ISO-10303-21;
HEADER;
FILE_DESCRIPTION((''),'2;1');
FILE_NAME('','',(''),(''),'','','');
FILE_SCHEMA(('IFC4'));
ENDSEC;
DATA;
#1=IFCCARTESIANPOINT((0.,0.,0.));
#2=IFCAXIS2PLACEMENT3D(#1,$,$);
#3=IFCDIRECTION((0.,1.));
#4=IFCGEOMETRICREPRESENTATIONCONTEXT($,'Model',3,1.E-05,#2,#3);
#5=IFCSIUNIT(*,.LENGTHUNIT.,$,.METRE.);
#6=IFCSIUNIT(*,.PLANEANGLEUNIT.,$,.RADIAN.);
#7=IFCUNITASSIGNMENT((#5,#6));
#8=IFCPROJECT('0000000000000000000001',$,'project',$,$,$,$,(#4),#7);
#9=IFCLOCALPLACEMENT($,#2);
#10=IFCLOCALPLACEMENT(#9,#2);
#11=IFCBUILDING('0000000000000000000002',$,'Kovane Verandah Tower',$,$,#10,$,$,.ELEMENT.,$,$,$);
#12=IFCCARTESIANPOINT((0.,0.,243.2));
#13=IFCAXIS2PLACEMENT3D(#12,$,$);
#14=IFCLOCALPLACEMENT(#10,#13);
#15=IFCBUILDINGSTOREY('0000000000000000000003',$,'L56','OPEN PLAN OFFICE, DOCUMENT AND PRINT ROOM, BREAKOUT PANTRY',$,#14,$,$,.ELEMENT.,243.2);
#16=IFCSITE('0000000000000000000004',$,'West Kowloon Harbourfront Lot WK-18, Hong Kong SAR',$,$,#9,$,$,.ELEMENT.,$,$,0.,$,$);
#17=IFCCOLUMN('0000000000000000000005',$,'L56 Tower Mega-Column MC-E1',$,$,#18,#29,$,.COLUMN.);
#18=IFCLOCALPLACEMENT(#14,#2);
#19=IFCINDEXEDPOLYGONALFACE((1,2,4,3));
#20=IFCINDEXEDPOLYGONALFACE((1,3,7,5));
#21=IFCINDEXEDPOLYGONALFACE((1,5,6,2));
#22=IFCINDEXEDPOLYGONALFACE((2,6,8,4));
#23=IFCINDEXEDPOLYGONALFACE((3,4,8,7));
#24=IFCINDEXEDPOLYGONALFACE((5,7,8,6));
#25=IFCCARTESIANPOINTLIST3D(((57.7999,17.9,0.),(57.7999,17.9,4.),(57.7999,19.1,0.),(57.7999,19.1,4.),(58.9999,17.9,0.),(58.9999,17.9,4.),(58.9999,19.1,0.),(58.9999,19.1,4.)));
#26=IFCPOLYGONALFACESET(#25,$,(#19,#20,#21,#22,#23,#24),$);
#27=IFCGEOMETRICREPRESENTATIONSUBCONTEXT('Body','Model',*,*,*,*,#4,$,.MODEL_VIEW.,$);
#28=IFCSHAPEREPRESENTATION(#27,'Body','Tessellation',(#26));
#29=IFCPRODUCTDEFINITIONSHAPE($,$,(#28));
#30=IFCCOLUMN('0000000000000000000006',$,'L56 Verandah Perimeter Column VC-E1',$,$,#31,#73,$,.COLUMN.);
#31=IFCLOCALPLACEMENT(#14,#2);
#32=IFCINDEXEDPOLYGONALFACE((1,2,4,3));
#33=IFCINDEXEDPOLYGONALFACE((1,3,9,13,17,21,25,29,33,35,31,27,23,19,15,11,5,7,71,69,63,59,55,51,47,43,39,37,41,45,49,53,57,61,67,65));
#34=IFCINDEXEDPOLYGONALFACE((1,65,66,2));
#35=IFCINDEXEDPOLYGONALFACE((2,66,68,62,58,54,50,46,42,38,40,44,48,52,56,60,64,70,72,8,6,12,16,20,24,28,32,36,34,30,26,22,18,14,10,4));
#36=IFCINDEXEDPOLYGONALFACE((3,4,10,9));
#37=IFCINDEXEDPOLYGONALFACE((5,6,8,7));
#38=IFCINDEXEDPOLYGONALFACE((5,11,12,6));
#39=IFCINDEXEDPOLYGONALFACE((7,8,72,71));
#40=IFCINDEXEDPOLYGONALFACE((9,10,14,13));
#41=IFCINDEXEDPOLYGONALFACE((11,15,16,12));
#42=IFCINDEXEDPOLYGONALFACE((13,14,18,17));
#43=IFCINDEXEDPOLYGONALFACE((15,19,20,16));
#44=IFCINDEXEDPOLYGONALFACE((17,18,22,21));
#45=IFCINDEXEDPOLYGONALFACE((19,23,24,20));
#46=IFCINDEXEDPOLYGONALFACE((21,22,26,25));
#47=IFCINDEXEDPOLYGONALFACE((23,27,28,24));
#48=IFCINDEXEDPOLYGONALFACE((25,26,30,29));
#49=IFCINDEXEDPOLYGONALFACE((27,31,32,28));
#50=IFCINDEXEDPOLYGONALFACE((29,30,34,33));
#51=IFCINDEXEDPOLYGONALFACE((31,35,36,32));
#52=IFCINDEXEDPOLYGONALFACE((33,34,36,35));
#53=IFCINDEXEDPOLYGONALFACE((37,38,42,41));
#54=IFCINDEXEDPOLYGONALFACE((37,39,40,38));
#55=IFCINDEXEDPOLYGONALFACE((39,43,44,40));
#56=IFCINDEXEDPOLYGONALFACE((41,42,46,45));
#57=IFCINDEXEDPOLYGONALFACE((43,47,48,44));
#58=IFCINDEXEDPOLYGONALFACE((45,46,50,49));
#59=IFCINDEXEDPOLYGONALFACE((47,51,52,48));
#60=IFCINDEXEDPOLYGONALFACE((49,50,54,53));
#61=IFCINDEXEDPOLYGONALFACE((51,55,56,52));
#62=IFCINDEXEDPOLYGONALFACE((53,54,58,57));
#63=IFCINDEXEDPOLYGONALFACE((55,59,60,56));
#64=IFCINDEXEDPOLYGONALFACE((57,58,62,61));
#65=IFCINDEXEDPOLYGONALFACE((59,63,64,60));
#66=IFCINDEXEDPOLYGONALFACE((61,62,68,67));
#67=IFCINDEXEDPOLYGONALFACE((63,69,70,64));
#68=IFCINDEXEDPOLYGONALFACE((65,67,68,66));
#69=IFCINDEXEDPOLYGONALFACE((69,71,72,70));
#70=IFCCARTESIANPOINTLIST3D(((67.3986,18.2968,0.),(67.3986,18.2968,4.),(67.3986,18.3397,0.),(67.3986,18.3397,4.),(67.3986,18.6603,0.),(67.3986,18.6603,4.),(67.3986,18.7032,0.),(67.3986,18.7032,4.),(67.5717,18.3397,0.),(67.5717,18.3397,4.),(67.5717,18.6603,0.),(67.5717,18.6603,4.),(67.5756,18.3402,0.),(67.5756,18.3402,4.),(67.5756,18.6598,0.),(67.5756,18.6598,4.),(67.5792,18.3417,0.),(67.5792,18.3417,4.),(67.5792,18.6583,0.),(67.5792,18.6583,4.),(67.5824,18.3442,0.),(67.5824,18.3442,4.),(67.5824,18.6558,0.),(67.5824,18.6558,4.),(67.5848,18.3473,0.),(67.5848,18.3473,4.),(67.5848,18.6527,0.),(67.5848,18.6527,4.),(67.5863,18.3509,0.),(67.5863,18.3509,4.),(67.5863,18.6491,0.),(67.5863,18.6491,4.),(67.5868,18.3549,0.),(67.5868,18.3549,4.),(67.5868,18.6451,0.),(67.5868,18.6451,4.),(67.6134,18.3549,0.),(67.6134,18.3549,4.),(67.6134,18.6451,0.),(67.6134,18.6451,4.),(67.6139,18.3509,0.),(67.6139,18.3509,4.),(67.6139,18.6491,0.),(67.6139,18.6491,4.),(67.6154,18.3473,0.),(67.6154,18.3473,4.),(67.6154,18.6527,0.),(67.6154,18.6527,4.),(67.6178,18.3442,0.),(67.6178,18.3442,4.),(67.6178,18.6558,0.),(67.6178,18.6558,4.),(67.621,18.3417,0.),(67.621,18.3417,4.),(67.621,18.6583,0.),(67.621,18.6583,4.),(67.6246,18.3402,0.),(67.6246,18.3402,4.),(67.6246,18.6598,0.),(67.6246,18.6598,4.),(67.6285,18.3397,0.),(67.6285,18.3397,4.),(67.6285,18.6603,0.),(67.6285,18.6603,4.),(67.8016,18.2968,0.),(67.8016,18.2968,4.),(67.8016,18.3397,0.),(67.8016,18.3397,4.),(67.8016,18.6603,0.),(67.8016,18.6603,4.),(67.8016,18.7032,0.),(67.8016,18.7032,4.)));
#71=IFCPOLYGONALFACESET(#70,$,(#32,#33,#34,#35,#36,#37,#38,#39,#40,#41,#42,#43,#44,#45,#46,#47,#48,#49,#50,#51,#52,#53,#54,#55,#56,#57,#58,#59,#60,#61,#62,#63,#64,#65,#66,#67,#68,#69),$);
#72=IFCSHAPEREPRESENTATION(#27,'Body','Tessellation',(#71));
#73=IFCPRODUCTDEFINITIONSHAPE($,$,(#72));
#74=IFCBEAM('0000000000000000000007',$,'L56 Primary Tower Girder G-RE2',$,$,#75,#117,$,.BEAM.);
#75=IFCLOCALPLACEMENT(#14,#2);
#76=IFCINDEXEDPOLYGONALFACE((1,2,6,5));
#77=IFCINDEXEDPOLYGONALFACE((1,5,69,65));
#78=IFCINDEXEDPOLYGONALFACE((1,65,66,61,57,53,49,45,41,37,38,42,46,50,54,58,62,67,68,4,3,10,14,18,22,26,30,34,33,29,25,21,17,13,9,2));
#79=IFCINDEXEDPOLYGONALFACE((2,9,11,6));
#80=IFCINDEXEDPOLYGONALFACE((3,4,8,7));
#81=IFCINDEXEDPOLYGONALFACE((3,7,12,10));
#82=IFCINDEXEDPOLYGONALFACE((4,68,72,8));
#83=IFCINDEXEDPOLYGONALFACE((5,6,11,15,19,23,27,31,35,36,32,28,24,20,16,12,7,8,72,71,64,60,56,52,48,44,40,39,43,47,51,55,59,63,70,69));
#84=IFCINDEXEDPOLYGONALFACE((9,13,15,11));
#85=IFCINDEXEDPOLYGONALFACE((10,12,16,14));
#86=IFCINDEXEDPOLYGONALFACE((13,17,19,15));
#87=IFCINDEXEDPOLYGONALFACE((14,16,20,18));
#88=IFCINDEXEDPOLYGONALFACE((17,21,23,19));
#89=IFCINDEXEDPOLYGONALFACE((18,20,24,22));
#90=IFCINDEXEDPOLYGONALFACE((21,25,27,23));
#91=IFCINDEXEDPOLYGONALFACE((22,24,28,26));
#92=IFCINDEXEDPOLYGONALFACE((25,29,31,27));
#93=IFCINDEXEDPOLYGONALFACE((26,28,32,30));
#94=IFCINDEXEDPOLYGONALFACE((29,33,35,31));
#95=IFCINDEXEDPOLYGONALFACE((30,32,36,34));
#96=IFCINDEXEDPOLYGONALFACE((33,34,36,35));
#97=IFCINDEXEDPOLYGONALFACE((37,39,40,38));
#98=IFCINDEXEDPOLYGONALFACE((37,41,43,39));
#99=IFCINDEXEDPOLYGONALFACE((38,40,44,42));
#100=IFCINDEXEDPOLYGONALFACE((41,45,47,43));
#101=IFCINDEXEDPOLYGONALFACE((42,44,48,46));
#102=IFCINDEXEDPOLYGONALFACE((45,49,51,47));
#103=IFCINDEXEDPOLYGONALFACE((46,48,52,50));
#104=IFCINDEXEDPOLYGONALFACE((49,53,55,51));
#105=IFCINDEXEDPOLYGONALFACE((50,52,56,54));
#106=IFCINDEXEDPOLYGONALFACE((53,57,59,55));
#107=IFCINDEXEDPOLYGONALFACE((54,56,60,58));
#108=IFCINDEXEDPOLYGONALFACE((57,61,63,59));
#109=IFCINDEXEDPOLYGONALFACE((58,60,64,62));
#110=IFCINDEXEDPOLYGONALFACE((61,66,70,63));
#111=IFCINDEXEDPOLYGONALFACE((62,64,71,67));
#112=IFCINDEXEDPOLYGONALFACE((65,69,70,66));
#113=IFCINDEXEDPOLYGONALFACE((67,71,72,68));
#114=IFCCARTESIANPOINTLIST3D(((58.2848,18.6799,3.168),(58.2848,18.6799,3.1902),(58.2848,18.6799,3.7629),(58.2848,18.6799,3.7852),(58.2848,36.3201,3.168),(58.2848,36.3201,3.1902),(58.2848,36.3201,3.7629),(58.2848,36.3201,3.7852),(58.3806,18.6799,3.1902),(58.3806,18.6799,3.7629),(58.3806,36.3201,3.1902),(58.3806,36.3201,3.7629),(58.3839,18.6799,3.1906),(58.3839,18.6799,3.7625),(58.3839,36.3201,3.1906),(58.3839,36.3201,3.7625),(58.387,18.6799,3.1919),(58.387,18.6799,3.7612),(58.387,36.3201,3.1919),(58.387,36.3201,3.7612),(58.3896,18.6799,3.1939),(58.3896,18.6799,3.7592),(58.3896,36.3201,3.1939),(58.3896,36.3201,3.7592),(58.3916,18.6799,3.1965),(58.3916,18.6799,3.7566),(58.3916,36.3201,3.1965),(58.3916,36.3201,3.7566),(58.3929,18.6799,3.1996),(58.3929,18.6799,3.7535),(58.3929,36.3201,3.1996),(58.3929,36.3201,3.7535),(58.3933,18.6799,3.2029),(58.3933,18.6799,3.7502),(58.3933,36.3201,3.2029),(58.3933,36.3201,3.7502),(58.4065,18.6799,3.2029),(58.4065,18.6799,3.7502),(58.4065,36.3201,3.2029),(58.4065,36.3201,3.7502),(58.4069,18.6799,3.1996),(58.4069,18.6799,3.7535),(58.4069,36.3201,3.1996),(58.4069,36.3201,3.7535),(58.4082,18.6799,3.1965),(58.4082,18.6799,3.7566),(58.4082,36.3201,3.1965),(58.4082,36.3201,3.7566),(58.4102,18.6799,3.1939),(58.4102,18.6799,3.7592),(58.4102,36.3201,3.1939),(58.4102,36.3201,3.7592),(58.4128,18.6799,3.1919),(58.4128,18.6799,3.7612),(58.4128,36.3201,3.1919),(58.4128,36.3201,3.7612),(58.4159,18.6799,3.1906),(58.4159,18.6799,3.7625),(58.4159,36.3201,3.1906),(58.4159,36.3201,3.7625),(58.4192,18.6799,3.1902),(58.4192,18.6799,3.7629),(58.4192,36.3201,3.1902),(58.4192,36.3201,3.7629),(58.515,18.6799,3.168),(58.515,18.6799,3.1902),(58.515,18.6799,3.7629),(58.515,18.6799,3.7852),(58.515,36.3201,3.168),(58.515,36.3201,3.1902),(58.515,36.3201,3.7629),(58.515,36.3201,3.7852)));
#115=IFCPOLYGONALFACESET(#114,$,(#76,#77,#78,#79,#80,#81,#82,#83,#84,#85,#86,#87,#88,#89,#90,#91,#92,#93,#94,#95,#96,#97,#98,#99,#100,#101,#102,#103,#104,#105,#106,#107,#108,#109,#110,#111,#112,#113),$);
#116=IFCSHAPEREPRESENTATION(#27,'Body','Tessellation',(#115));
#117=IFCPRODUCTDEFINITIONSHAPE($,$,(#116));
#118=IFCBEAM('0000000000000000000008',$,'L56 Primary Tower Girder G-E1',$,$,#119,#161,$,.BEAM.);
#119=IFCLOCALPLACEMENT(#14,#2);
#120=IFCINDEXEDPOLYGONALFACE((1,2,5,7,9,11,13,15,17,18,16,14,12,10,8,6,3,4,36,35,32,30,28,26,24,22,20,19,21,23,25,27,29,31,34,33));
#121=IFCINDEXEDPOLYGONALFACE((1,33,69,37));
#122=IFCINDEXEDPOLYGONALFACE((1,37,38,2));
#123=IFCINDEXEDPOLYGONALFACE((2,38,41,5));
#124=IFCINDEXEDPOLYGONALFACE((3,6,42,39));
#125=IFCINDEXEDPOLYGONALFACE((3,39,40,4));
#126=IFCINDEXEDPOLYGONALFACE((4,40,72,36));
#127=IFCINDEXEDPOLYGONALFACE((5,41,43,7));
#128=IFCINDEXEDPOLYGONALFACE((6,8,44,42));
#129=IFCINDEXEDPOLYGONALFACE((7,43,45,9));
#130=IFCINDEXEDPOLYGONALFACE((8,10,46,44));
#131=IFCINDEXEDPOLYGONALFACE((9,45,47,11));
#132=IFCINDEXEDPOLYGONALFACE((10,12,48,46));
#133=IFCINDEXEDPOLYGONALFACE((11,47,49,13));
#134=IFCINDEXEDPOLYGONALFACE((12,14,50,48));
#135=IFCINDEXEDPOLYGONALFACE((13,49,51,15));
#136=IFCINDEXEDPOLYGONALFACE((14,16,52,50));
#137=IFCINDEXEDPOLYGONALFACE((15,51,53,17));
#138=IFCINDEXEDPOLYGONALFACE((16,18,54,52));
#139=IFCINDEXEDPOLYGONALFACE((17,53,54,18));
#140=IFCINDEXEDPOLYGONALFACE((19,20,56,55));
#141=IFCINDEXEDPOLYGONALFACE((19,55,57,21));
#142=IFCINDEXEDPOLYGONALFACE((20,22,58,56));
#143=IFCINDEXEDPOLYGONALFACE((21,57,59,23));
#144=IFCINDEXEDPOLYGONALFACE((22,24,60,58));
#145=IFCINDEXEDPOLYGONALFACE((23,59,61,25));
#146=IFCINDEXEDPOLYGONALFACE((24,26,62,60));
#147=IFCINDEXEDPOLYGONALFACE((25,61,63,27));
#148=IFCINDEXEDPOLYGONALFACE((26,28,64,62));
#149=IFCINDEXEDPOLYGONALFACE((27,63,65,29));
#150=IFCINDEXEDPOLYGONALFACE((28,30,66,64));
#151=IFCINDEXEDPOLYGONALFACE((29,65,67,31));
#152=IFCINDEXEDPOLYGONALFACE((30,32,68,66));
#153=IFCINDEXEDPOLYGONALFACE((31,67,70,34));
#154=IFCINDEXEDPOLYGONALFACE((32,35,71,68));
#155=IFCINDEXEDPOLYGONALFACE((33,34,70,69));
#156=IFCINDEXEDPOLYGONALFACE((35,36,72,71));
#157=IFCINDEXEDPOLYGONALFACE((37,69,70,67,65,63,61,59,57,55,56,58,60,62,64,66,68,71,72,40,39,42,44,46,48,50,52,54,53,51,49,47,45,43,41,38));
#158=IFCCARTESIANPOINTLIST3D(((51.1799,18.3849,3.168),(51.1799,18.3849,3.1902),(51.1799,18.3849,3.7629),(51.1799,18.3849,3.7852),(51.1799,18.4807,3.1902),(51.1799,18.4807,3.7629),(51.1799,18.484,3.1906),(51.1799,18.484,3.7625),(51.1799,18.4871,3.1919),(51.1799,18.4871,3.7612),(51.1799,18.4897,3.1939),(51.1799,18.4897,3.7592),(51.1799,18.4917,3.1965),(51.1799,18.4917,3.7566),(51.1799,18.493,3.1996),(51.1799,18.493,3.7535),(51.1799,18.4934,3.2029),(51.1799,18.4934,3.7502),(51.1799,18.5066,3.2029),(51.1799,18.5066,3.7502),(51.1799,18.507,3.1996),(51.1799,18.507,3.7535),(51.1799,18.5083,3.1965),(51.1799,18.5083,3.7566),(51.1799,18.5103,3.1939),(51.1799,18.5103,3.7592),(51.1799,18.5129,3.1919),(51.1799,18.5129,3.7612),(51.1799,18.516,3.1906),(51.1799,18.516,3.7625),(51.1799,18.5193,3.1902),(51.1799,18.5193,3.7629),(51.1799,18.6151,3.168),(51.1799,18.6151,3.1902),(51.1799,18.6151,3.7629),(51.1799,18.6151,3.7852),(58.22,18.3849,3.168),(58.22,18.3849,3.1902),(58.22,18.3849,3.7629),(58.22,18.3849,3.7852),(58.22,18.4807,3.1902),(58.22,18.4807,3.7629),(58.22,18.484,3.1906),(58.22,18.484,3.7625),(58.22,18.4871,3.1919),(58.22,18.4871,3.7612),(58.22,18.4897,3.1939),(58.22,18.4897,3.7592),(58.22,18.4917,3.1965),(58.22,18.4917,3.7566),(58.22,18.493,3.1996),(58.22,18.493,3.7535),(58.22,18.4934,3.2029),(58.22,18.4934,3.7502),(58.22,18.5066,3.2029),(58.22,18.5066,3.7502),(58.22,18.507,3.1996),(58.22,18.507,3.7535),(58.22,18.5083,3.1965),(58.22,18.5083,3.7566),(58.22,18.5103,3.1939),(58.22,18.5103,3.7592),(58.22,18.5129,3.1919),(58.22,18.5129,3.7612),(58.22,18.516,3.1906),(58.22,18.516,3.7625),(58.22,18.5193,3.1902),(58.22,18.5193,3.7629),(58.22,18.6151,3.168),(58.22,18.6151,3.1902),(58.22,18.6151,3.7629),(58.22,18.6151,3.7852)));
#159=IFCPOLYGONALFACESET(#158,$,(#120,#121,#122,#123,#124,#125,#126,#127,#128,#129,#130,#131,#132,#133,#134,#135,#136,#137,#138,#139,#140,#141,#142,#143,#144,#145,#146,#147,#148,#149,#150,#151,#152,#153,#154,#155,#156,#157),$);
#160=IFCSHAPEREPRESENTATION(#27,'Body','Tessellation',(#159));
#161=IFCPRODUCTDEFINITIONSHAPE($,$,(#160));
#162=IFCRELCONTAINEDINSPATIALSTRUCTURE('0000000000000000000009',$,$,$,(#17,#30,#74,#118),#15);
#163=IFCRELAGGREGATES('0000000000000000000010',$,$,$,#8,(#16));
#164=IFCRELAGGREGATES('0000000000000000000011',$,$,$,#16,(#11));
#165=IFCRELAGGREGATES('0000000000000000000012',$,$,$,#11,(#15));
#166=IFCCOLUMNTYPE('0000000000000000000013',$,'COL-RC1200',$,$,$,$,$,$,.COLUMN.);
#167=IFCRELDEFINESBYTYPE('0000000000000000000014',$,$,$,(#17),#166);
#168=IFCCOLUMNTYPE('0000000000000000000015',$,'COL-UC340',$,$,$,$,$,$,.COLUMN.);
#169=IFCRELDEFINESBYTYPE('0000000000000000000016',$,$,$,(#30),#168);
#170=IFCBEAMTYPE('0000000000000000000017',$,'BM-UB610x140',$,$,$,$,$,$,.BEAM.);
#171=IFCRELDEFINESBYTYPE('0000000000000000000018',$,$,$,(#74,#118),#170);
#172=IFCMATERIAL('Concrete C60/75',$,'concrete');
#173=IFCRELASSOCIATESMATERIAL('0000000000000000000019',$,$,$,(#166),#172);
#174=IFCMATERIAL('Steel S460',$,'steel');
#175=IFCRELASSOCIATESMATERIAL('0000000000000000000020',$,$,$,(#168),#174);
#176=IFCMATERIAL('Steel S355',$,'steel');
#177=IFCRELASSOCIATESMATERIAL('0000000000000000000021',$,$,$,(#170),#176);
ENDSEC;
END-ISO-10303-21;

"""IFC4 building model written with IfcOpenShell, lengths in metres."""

from ifc_helpers import new_model, si_unit, direction, frame, origin, origin_2d, place, context, subcontext, project, spatial, rectangle, i_section, extrude, material, material_profile, profile_set, type_object, element, save


model = new_model("IFC4")

# Units and contexts
model_context = context("Model", 3, precision=1e-05, world=origin(), true_north=direction((0.0, 1.0)))
body_context = subcontext(model_context, "Body", "Model", "MODEL_VIEW")
ifc_project = project(units=[si_unit("LENGTHUNIT", "METRE"), si_unit("PLANEANGLEUNIT", "RADIAN")], contexts=[model_context])

# Site, building, storey
site_placement = place(None, origin())
site = spatial("IfcSite", under=ifc_project, at=site_placement, Name="West Kowloon Harbourfront Lot WK-18, Hong Kong SAR", CompositionType="ELEMENT", RefElevation=0.0)
building_placement = place(site_placement, origin())
building = spatial("IfcBuilding", under=site, at=building_placement, Name="Kovane Verandah Tower", CompositionType="ELEMENT")
storey_placement = place(building_placement, frame((0.0, 0.0, 243.2)))
storey = spatial("IfcBuildingStorey", under=building, at=storey_placement, Name="L56", Description="OPEN PLAN OFFICE, DOCUMENT AND PRINT ROOM, BREAKOUT PANTRY", CompositionType="ELEMENT", Elevation=243.2)

# Columns
ifc_material_1 = material(Name="Concrete C60/75", Category="concrete")
ifc_material_profile_1 = material_profile(ifc_material_1, rectangle(XDim=1.2, YDim=1.2, at=origin_2d()), Name="RC1200x1200")
ifc_profile_set_1 = profile_set([ifc_material_profile_1], Name="Concrete C60/75")
column_type_1 = type_object("IfcColumnType", Name="COL-RC1200", PredefinedType="COLUMN", material=ifc_profile_set_1)
column_1_placement = place(storey_placement, frame((58.3999, 18.5, 0.0), z_axis=(0.0, 0.0, 1.0), x_axis=(1.0, 0.0, 0.0)))
element("IfcColumn", 1, at=column_1_placement, inside=storey, type_object=column_type_1, Name="L56 Tower Mega-Column MC-E1", PredefinedType="COLUMN", context=body_context, shape_type="SweptSolid", body=[
    extrude(rectangle(XDim=1.2, YDim=1.2, at=origin_2d()), origin(), (0.0, 0.0, 1.0), 4.0),
])
ifc_material_2 = material(Name="Steel S460", Category="steel")
ifc_material_profile_2 = material_profile(ifc_material_2, i_section(OverallWidth=0.4031, OverallDepth=0.4065, WebThickness=0.0266, FlangeThickness=0.043, FilletRadius=0.0151, at=origin_2d()), Name="UC356x406x340")
ifc_profile_set_2 = profile_set([ifc_material_profile_2], Name="Steel S460")
column_type_2 = type_object("IfcColumnType", Name="COL-UC340", PredefinedType="COLUMN", material=ifc_profile_set_2)
column_2_placement = place(storey_placement, frame((67.6001, 18.5, 0.0), z_axis=(0.0, 0.0, 1.0), x_axis=(1.0, 0.0, 0.0)))
element("IfcColumn", 2, at=column_2_placement, inside=storey, type_object=column_type_2, Name="L56 Verandah Perimeter Column VC-E1", PredefinedType="COLUMN", context=body_context, shape_type="SweptSolid", body=[
    extrude(i_section(OverallWidth=0.4031, OverallDepth=0.4065, WebThickness=0.0266, FlangeThickness=0.043, FilletRadius=0.0151, at=origin_2d()), origin(), (0.0, 0.0, 1.0), 4.0),
])

# Beams
ifc_material_3 = material(Name="Steel S355", Category="steel")
ifc_material_profile_3 = material_profile(ifc_material_3, i_section(OverallWidth=0.2302, OverallDepth=0.6172, WebThickness=0.0132, FlangeThickness=0.0222, FilletRadius=0.0127, at=origin_2d()), Name="UB610x229x140")
ifc_profile_set_3 = profile_set([ifc_material_profile_3], Name="Steel S355")
beam_type_1 = type_object("IfcBeamType", Name="BM-UB610x140", PredefinedType="BEAM", material=ifc_profile_set_3)
beam_1_placement = place(storey_placement, frame((58.3999, 18.6799, 3.4766), z_axis=(0.0, 1.0, 0.0), x_axis=(-1.0, 0.0, 0.0)))
element("IfcBeam", 3, at=beam_1_placement, inside=storey, type_object=beam_type_1, Name="L56 Primary Tower Girder G-RE2", PredefinedType="BEAM", context=body_context, shape_type="SweptSolid", body=[
    extrude(i_section(OverallWidth=0.2302, OverallDepth=0.6172, WebThickness=0.0132, FlangeThickness=0.0222, FilletRadius=0.0127, at=origin_2d()), origin(), (0.0, 0.0, 1.0), 17.6401),
])
beam_2_placement = place(storey_placement, frame((51.1799, 18.5, 3.4766), z_axis=(1.0, 0.0, 0.0), x_axis=(0.0, 1.0, 0.0)))
element("IfcBeam", 4, at=beam_2_placement, inside=storey, type_object=beam_type_1, Name="L56 Primary Tower Girder G-E1", PredefinedType="BEAM", context=body_context, shape_type="SweptSolid", body=[
    extrude(i_section(OverallWidth=0.2302, OverallDepth=0.6172, WebThickness=0.0132, FlangeThickness=0.0222, FilletRadius=0.0127, at=origin_2d()), origin(), (0.0, 0.0, 1.0), 7.04),
])

save(model, "model.ifc")
